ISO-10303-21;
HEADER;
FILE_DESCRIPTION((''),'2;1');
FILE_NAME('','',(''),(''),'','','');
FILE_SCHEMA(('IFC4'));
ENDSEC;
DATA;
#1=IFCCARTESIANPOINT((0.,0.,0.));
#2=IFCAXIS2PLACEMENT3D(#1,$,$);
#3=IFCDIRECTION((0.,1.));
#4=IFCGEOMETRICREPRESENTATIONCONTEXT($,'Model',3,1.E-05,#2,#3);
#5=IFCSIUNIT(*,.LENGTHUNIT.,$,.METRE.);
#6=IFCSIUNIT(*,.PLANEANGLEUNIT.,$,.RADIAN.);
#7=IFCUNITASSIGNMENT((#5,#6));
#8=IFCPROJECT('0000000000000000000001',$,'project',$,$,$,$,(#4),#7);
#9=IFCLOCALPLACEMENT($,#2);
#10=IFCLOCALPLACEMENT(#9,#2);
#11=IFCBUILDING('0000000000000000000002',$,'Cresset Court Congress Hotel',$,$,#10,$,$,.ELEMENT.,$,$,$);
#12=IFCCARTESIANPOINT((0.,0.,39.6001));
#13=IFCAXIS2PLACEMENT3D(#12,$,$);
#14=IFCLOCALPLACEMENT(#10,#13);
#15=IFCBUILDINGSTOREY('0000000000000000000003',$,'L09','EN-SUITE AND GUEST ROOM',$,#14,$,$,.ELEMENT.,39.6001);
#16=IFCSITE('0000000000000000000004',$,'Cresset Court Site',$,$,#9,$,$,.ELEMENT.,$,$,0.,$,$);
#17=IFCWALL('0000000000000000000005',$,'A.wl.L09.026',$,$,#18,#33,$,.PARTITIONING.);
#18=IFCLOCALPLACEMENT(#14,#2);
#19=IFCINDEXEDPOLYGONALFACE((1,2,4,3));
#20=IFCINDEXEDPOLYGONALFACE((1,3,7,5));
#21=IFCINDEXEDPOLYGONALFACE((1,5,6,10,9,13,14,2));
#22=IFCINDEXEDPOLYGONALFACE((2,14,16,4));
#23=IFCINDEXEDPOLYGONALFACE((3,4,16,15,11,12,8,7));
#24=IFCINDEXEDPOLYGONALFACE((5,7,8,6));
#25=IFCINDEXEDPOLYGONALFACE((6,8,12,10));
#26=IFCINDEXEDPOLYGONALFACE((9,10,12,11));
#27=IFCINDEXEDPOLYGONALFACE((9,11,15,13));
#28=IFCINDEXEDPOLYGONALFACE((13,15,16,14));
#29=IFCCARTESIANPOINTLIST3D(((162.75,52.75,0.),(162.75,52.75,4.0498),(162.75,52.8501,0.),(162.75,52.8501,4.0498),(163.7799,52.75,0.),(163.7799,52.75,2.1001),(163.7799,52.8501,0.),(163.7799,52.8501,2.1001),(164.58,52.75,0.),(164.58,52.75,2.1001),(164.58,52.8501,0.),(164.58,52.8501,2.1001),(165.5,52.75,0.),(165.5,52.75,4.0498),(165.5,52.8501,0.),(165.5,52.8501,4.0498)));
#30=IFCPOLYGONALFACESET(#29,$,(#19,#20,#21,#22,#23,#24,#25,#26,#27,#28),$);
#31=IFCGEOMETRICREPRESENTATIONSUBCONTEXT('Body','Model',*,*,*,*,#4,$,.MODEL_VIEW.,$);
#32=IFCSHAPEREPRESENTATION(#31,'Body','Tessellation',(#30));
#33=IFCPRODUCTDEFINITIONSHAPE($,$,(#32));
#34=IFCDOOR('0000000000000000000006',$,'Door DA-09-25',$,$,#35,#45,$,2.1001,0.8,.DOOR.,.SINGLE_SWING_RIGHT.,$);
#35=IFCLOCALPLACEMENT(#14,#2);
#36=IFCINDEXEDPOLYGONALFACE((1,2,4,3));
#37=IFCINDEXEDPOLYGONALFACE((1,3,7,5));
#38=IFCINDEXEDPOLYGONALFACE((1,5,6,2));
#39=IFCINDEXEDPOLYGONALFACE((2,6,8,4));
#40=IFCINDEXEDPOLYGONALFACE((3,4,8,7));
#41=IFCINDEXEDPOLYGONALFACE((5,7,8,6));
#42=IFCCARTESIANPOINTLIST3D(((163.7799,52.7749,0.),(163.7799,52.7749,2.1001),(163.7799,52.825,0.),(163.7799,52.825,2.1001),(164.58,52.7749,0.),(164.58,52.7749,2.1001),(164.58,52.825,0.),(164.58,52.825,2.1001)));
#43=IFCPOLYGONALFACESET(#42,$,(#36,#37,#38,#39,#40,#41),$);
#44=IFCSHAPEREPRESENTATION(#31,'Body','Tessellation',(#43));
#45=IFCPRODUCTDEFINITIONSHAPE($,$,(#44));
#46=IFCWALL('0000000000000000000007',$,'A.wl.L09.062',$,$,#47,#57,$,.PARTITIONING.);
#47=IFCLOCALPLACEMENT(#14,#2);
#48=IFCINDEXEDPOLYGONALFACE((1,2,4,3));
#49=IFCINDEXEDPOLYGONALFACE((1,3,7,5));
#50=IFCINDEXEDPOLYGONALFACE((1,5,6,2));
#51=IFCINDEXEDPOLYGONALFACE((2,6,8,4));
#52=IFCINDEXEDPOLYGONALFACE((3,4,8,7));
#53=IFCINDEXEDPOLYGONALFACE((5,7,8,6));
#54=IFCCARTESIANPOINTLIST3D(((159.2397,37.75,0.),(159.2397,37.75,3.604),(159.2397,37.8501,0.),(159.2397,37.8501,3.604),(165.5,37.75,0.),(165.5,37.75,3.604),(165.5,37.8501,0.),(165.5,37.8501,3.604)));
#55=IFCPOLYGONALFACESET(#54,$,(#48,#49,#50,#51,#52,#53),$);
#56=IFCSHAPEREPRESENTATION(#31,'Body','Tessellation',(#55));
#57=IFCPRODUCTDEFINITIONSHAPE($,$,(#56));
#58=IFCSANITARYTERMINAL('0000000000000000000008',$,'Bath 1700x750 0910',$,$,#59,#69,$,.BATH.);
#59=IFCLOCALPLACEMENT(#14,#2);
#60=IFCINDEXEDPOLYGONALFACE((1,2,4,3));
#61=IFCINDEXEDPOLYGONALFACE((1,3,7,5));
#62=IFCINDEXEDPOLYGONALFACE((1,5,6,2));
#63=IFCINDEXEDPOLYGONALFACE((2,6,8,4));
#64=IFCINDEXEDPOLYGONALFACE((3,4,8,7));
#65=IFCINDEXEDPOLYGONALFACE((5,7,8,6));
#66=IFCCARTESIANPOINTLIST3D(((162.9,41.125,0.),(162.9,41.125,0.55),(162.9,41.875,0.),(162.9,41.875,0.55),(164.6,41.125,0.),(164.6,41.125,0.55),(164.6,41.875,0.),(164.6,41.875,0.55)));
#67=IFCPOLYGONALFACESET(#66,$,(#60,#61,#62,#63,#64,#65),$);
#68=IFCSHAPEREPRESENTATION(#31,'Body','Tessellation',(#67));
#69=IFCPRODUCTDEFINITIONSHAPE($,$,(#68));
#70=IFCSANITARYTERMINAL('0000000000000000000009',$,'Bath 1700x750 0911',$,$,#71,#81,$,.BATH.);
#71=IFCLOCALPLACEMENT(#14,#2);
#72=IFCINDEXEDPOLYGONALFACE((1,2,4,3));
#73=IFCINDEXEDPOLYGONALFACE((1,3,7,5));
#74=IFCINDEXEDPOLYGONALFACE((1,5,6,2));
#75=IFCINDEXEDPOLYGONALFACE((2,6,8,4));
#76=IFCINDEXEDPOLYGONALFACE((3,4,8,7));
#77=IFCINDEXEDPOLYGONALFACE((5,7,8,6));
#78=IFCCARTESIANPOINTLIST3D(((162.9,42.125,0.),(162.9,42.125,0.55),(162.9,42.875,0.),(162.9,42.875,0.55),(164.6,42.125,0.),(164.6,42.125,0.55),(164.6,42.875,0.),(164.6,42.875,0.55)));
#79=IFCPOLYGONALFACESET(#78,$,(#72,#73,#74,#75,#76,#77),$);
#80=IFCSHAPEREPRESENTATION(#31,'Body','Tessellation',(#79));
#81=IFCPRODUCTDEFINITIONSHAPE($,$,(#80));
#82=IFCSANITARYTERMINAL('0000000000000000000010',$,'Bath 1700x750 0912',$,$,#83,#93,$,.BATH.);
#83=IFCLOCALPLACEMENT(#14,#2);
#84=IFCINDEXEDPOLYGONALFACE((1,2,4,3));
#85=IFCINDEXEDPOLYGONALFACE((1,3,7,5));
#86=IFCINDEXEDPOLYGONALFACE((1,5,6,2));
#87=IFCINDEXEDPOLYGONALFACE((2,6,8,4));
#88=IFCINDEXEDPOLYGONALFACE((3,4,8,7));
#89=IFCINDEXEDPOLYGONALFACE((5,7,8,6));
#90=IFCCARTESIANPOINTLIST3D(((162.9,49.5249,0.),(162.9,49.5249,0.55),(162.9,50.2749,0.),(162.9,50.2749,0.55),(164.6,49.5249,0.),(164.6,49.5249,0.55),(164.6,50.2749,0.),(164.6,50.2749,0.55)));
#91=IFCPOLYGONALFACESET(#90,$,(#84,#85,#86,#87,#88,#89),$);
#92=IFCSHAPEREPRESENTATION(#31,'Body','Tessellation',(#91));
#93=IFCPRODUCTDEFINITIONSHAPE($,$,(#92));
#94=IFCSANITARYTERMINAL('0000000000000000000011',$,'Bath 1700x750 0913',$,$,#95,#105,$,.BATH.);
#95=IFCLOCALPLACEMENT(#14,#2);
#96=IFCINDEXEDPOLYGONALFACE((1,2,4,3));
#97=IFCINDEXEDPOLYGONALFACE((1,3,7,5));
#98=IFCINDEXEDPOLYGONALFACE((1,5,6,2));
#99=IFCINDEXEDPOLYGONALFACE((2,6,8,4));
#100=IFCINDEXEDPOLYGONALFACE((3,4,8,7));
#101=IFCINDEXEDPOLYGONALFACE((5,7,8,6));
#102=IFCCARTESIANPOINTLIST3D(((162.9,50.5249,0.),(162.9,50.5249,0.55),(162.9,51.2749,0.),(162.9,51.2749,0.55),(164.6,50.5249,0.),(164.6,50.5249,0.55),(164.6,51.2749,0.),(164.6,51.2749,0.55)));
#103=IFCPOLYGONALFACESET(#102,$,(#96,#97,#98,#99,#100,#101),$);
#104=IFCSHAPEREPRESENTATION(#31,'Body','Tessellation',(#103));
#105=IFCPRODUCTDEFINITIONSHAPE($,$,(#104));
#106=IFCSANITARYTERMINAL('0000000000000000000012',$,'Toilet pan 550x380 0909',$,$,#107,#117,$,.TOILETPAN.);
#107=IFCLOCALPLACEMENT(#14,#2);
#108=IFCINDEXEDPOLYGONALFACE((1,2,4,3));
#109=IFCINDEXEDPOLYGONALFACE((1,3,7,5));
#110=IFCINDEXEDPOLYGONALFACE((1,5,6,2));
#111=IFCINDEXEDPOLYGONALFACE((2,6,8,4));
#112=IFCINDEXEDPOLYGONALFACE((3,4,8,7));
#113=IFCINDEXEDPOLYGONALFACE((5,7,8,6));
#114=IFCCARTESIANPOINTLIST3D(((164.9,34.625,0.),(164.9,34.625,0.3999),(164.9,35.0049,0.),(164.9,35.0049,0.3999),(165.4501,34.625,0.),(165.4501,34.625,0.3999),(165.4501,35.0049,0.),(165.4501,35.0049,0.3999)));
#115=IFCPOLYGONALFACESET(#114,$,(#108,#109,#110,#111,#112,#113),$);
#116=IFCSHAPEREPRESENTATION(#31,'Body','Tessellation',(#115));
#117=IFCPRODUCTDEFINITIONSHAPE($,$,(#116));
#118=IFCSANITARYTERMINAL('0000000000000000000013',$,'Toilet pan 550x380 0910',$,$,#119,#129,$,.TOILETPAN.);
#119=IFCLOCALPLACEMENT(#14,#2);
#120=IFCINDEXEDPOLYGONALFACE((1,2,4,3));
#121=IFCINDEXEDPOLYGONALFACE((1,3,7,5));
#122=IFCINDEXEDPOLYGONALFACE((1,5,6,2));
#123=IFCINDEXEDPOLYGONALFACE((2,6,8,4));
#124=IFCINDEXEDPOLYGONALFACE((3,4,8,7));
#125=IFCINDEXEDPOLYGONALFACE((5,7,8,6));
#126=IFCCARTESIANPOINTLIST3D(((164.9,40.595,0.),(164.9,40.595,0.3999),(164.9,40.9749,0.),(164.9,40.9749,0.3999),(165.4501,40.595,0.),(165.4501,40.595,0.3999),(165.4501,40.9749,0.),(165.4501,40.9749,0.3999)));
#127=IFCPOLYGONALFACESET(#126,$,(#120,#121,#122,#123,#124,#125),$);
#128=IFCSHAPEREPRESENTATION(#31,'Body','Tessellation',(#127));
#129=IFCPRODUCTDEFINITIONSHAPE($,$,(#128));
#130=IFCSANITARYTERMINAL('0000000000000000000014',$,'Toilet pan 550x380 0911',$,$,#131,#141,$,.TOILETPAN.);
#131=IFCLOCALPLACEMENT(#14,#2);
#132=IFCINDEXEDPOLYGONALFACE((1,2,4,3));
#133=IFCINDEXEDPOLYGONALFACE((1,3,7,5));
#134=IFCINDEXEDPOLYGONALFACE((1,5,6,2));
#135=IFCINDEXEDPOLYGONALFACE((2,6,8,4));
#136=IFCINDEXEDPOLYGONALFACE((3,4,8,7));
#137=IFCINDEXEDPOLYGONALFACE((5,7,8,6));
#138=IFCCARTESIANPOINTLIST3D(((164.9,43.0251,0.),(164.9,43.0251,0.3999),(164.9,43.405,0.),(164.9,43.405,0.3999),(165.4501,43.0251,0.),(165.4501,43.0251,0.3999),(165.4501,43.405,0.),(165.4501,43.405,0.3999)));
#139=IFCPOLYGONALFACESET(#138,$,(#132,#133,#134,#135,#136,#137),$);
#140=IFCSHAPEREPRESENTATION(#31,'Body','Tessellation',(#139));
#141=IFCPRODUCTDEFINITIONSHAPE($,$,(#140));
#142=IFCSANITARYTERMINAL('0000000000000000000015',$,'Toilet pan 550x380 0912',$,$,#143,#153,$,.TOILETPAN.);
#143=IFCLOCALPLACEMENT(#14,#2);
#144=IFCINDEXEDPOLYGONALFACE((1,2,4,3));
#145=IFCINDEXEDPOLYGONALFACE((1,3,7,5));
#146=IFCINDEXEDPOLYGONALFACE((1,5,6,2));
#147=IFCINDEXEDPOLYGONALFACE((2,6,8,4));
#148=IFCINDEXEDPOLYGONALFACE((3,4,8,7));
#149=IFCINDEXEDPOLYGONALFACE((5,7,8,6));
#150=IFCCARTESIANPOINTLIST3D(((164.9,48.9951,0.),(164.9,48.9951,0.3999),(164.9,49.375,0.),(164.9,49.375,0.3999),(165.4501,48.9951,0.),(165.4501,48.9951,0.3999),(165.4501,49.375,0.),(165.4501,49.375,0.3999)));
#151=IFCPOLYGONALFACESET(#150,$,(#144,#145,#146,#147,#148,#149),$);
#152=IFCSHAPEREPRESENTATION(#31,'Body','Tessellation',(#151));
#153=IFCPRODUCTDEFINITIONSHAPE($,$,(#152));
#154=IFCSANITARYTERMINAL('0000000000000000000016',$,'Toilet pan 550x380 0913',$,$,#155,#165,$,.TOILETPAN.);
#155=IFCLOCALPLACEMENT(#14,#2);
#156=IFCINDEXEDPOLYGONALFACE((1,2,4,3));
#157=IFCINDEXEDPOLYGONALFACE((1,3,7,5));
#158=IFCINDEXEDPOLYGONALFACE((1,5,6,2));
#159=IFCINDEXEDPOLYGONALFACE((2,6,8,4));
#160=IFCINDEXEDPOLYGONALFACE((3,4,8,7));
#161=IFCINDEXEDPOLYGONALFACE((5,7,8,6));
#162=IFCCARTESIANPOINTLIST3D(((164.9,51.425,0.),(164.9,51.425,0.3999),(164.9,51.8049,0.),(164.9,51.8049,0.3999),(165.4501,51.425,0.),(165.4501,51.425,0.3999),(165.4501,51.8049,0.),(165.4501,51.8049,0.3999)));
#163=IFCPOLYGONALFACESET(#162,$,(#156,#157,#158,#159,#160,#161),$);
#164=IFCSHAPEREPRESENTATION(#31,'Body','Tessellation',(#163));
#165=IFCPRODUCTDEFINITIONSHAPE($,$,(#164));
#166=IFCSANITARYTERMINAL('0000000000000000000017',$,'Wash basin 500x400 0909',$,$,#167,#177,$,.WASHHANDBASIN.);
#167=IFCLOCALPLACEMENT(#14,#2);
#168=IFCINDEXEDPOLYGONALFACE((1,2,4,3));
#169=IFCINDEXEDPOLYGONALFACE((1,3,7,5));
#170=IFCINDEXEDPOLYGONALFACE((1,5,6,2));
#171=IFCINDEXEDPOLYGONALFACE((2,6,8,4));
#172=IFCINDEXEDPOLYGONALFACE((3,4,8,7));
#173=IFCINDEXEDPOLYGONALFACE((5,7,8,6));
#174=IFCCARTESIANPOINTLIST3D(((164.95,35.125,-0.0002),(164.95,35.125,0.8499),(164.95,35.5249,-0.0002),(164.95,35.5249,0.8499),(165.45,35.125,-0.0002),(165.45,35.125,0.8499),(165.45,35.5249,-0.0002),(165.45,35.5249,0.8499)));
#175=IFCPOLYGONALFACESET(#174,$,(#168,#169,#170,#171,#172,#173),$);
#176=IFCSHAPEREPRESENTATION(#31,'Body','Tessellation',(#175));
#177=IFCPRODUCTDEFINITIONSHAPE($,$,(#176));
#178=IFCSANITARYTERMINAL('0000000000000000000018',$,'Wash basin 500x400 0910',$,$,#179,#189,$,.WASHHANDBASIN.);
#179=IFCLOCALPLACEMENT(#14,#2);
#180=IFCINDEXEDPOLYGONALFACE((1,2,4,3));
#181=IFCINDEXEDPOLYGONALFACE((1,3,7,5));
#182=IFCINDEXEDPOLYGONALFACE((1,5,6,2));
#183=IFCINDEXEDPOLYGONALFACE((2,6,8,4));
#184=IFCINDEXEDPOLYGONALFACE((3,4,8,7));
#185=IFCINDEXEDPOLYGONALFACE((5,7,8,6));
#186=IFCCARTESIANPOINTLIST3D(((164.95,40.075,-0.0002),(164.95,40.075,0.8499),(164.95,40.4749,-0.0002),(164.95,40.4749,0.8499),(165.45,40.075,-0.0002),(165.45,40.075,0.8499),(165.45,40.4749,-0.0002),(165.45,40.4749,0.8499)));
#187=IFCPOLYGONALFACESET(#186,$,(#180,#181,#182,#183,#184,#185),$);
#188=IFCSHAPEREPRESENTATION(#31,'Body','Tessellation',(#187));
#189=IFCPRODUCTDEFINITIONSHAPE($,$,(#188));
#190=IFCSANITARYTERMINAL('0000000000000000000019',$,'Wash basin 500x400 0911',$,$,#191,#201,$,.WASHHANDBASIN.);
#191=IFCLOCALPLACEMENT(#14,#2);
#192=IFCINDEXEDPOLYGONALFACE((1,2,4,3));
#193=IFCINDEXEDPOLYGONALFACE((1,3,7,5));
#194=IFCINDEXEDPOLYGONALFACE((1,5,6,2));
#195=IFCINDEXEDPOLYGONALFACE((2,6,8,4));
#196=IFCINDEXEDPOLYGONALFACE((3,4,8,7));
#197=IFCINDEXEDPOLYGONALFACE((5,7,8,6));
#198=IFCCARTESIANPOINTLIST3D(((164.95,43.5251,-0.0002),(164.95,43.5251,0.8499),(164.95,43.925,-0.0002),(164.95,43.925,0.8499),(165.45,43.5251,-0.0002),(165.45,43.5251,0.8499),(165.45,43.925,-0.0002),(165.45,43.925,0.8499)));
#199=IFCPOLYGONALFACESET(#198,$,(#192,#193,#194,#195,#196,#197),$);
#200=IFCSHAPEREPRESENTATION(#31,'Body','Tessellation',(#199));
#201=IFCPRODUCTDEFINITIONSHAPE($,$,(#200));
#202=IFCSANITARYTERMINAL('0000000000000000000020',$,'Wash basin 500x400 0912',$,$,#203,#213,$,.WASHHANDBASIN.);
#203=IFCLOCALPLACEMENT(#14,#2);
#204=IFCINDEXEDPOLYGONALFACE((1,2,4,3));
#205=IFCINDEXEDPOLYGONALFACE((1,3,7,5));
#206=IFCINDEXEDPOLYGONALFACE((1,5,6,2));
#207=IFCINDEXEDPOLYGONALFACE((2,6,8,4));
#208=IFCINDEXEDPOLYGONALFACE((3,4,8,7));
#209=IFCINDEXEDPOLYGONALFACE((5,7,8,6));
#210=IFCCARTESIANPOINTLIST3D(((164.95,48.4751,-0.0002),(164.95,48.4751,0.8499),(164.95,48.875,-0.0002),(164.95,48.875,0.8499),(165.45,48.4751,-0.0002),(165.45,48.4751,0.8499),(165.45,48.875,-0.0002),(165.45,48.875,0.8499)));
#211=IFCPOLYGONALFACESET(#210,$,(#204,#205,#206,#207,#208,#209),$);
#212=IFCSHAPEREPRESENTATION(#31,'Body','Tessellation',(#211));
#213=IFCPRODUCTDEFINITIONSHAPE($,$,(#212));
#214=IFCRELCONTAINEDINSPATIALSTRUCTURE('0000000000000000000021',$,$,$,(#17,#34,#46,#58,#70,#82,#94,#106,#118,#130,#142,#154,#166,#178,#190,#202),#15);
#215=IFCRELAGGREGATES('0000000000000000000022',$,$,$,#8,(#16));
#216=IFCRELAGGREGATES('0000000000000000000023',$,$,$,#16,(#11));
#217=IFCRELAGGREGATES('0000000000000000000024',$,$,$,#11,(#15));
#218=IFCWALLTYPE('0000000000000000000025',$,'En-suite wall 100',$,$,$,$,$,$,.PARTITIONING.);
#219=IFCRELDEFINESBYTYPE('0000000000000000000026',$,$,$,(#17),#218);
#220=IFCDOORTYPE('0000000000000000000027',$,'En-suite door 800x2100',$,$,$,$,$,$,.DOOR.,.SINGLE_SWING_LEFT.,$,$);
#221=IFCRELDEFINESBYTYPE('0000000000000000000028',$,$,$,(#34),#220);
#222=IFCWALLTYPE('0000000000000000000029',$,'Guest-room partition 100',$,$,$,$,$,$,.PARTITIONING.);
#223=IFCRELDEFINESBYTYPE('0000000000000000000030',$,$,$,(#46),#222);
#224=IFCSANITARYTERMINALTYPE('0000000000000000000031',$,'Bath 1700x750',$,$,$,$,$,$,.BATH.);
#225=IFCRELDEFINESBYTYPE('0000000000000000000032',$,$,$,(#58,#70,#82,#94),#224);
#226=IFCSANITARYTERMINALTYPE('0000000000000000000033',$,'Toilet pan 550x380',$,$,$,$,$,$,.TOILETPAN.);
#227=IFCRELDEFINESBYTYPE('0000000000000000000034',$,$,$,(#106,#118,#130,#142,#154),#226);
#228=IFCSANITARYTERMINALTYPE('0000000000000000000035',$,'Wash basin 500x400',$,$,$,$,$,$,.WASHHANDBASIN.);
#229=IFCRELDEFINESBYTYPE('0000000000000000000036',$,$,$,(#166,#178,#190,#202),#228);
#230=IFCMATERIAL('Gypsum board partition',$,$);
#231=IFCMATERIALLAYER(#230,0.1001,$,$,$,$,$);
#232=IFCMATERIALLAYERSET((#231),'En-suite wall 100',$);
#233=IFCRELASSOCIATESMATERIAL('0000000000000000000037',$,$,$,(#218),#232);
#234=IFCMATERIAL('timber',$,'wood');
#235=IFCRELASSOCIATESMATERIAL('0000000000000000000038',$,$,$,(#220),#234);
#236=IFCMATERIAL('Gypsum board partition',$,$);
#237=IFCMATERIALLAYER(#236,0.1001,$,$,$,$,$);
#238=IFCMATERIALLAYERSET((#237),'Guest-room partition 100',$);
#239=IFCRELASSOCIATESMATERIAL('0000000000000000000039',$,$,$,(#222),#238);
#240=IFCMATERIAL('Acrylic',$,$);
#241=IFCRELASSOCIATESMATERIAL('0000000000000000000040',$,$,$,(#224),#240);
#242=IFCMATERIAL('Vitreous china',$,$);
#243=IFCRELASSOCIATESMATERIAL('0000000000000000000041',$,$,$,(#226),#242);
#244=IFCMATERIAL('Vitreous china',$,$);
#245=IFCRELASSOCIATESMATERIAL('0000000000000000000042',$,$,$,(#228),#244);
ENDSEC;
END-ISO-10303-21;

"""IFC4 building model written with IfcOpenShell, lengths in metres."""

from ifc_helpers import new_model, si_unit, direction, frame, frame_2d, origin, origin_2d, place, context, subcontext, project, spatial, rectangle, extrude, material, layer, layer_set, type_object, element, fill, save


model = new_model("IFC4")

# Units and contexts
model_context = context("Model", 3, precision=1e-05, world=origin(), true_north=direction((0.0, 1.0)))
body_context = subcontext(model_context, "Body", "Model", "MODEL_VIEW")
ifc_project = project(units=[si_unit("LENGTHUNIT", "METRE"), si_unit("PLANEANGLEUNIT", "RADIAN")], contexts=[model_context])

# Site, building, storey
site_placement = place(None, origin())
site = spatial("IfcSite", under=ifc_project, at=site_placement, Name="Cresset Court Site", CompositionType="ELEMENT", RefElevation=0.0)
building_placement = place(site_placement, origin())
building = spatial("IfcBuilding", under=site, at=building_placement, Name="Cresset Court Congress Hotel", CompositionType="ELEMENT")
storey_placement = place(building_placement, frame((0.0, 0.0, 39.6001)))
storey = spatial("IfcBuildingStorey", under=building, at=storey_placement, Name="L09", Description="EN-SUITE AND GUEST ROOM", CompositionType="ELEMENT", Elevation=39.6001)

# Shared definitions
ifc_material_1 = material(Name="Gypsum board partition")
ifc_layer_1 = layer(ifc_material_1, 0.1001)
ifc_layer_set_1 = layer_set([ifc_layer_1], Name="En-suite wall 100")
wall_type_1 = type_object("IfcWallType", Name="En-suite wall 100", PredefinedType="PARTITIONING", material=ifc_layer_set_1)
ifc_material_2 = material(Name="timber", Category="wood")
door_type = type_object("IfcDoorType", Name="En-suite door 800x2100", OperationType="SINGLE_SWING_LEFT", PredefinedType="DOOR", material=ifc_material_2)

# Wall, opening, door
wall_1_placement = place(storey_placement, frame((162.75, 52.8, 0.0), z_axis=(0.0, 0.0, 1.0), x_axis=(1.0, 0.0, 0.0)))
wall_1 = element("IfcWall", 1, at=wall_1_placement, inside=storey, type_object=wall_type_1, Name="A.wl.L09.026", PredefinedType="PARTITIONING", context=body_context, shape_type="SweptSolid", body=[
    extrude(rectangle(XDim=2.75, YDim=0.1001, at=frame_2d((1.375, 0.0))), origin(), (0.0, 0.0, 1.0), 4.0498),
])
opening_1_placement = place(wall_1_placement, frame((1.03, 0.0, 0.0)))
opening_1 = element("IfcOpeningElement", 2, at=opening_1_placement, cuts=wall_1, PredefinedType="OPENING", context=body_context, shape_type="SweptSolid", body=[
    extrude(rectangle(XDim=0.8, YDim=2.1001, at=frame_2d((0.3999, 1.05))), frame((0.0, 0.0601, 0.0), z_axis=(0.0, -1.0, 0.0), x_axis=(1.0, 0.0, 0.0)), (0.0, 0.0, 1.0), 0.1201),
])
door_1_placement = place(opening_1_placement, origin())
door_1 = element("IfcDoor", 3, at=door_1_placement, inside=storey, type_object=door_type, Name="Door DA-09-25", OperationType="SINGLE_SWING_RIGHT", OverallHeight=2.1001, OverallWidth=0.8, PredefinedType="DOOR", context=body_context, shape_type="SweptSolid", body=[
    extrude(rectangle(XDim=0.8, YDim=2.1001, at=frame_2d((0.3999, 1.05))), frame((0.0, 0.0249, 0.0), z_axis=(0.0, -1.0, 0.0), x_axis=(1.0, 0.0, 0.0)), (0.0, 0.0, 1.0), 0.05),
])
fill(opening_1, door_1)

# Wall
ifc_material_3 = material(Name="Gypsum board partition")
ifc_layer_2 = layer(ifc_material_3, 0.1001)
ifc_layer_set_2 = layer_set([ifc_layer_2], Name="Guest-room partition 100")
wall_type_2 = type_object("IfcWallType", Name="Guest-room partition 100", PredefinedType="PARTITIONING", material=ifc_layer_set_2)
wall_2_placement = place(storey_placement, frame((159.2397, 37.8, 0.0), z_axis=(0.0, 0.0, 1.0), x_axis=(1.0, 0.0, 0.0)))
element("IfcWall", 4, at=wall_2_placement, inside=storey, type_object=wall_type_2, Name="A.wl.L09.062", PredefinedType="PARTITIONING", context=body_context, shape_type="SweptSolid", body=[
    extrude(rectangle(XDim=6.2603, YDim=0.1001, at=frame_2d((3.1301, 0.0))), origin(), (0.0, 0.0, 1.0), 3.604),
])

# Sanitary terminals
ifc_material_4 = material(Name="Acrylic")
sanitary_terminal_type_1 = type_object("IfcSanitaryTerminalType", Name="Bath 1700x750", PredefinedType="BATH", material=ifc_material_4)
for number, where, z_axis, x_axis, name in (
    (5, (163.75, 41.5, 0.0), (0.0, 0.0, 1.0), (1.0, 0.0, 0.0), "Bath 1700x750 0910"),
    (6, (163.75, 42.5, 0.0), (0.0, 0.0, 1.0), (1.0, 0.0, 0.0), "Bath 1700x750 0911"),
    (7, (163.75, 49.8999, 0.0), (0.0, 0.0, 1.0), (1.0, 0.0, 0.0), "Bath 1700x750 0912"),
    (8, (163.75, 50.8999, 0.0), (0.0, 0.0, 1.0), (1.0, 0.0, 0.0), "Bath 1700x750 0913"),
):
    element("IfcSanitaryTerminal", number, at=place(storey_placement, frame(where, z_axis=z_axis, x_axis=x_axis)), inside=storey, type_object=sanitary_terminal_type_1, Name=name, PredefinedType="BATH", context=body_context, shape_type="SweptSolid", body=[
        extrude(rectangle(XDim=1.7, YDim=0.75, at=origin_2d()), origin(), (0.0, 0.0, 1.0), 0.55),
    ])
ifc_material_5 = material(Name="Vitreous china")
sanitary_terminal_type_2 = type_object("IfcSanitaryTerminalType", Name="Toilet pan 550x380", PredefinedType="TOILETPAN", material=ifc_material_5)
for number, where, z_axis, x_axis, name in (
    (9, (165.175, 34.8149, 0.0), (0.0, 0.0, 1.0), (1.0, 0.0, 0.0), "Toilet pan 550x380 0909"),
    (10, (165.175, 40.7849, 0.0), (0.0, 0.0, 1.0), (1.0, 0.0, 0.0), "Toilet pan 550x380 0910"),
    (11, (165.175, 43.2151, 0.0), (0.0, 0.0, 1.0), (1.0, 0.0, 0.0), "Toilet pan 550x380 0911"),
    (12, (165.175, 49.1851, 0.0), (0.0, 0.0, 1.0), (1.0, 0.0, 0.0), "Toilet pan 550x380 0912"),
    (13, (165.175, 51.615, 0.0), (0.0, 0.0, 1.0), (1.0, 0.0, 0.0), "Toilet pan 550x380 0913"),
):
    element("IfcSanitaryTerminal", number, at=place(storey_placement, frame(where, z_axis=z_axis, x_axis=x_axis)), inside=storey, type_object=sanitary_terminal_type_2, Name=name, PredefinedType="TOILETPAN", context=body_context, shape_type="SweptSolid", body=[
        extrude(rectangle(XDim=0.55, YDim=0.3799, at=origin_2d()), origin(), (0.0, 0.0, 1.0), 0.3999),
    ])
ifc_material_6 = material(Name="Vitreous china")
sanitary_terminal_type_3 = type_object("IfcSanitaryTerminalType", Name="Wash basin 500x400", PredefinedType="WASHHANDBASIN", material=ifc_material_6)
for number, where, z_axis, x_axis, name in (
    (14, (165.2, 35.325, -0.0002), (0.0, 0.0, 1.0), (1.0, 0.0, 0.0), "Wash basin 500x400 0909"),
    (15, (165.2, 40.2749, -0.0002), (0.0, 0.0, 1.0), (1.0, 0.0, 0.0), "Wash basin 500x400 0910"),
    (16, (165.2, 43.7251, -0.0002), (0.0, 0.0, 1.0), (1.0, 0.0, 0.0), "Wash basin 500x400 0911"),
    (17, (165.2, 48.675, -0.0002), (0.0, 0.0, 1.0), (1.0, 0.0, 0.0), "Wash basin 500x400 0912"),
):
    element("IfcSanitaryTerminal", number, at=place(storey_placement, frame(where, z_axis=z_axis, x_axis=x_axis)), inside=storey, type_object=sanitary_terminal_type_3, Name=name, PredefinedType="WASHHANDBASIN", context=body_context, shape_type="SweptSolid", body=[
        extrude(rectangle(XDim=0.5, YDim=0.3999, at=origin_2d()), origin(), (0.0, 0.0, 1.0), 0.8501),
    ])

save(model, "model.ifc")
